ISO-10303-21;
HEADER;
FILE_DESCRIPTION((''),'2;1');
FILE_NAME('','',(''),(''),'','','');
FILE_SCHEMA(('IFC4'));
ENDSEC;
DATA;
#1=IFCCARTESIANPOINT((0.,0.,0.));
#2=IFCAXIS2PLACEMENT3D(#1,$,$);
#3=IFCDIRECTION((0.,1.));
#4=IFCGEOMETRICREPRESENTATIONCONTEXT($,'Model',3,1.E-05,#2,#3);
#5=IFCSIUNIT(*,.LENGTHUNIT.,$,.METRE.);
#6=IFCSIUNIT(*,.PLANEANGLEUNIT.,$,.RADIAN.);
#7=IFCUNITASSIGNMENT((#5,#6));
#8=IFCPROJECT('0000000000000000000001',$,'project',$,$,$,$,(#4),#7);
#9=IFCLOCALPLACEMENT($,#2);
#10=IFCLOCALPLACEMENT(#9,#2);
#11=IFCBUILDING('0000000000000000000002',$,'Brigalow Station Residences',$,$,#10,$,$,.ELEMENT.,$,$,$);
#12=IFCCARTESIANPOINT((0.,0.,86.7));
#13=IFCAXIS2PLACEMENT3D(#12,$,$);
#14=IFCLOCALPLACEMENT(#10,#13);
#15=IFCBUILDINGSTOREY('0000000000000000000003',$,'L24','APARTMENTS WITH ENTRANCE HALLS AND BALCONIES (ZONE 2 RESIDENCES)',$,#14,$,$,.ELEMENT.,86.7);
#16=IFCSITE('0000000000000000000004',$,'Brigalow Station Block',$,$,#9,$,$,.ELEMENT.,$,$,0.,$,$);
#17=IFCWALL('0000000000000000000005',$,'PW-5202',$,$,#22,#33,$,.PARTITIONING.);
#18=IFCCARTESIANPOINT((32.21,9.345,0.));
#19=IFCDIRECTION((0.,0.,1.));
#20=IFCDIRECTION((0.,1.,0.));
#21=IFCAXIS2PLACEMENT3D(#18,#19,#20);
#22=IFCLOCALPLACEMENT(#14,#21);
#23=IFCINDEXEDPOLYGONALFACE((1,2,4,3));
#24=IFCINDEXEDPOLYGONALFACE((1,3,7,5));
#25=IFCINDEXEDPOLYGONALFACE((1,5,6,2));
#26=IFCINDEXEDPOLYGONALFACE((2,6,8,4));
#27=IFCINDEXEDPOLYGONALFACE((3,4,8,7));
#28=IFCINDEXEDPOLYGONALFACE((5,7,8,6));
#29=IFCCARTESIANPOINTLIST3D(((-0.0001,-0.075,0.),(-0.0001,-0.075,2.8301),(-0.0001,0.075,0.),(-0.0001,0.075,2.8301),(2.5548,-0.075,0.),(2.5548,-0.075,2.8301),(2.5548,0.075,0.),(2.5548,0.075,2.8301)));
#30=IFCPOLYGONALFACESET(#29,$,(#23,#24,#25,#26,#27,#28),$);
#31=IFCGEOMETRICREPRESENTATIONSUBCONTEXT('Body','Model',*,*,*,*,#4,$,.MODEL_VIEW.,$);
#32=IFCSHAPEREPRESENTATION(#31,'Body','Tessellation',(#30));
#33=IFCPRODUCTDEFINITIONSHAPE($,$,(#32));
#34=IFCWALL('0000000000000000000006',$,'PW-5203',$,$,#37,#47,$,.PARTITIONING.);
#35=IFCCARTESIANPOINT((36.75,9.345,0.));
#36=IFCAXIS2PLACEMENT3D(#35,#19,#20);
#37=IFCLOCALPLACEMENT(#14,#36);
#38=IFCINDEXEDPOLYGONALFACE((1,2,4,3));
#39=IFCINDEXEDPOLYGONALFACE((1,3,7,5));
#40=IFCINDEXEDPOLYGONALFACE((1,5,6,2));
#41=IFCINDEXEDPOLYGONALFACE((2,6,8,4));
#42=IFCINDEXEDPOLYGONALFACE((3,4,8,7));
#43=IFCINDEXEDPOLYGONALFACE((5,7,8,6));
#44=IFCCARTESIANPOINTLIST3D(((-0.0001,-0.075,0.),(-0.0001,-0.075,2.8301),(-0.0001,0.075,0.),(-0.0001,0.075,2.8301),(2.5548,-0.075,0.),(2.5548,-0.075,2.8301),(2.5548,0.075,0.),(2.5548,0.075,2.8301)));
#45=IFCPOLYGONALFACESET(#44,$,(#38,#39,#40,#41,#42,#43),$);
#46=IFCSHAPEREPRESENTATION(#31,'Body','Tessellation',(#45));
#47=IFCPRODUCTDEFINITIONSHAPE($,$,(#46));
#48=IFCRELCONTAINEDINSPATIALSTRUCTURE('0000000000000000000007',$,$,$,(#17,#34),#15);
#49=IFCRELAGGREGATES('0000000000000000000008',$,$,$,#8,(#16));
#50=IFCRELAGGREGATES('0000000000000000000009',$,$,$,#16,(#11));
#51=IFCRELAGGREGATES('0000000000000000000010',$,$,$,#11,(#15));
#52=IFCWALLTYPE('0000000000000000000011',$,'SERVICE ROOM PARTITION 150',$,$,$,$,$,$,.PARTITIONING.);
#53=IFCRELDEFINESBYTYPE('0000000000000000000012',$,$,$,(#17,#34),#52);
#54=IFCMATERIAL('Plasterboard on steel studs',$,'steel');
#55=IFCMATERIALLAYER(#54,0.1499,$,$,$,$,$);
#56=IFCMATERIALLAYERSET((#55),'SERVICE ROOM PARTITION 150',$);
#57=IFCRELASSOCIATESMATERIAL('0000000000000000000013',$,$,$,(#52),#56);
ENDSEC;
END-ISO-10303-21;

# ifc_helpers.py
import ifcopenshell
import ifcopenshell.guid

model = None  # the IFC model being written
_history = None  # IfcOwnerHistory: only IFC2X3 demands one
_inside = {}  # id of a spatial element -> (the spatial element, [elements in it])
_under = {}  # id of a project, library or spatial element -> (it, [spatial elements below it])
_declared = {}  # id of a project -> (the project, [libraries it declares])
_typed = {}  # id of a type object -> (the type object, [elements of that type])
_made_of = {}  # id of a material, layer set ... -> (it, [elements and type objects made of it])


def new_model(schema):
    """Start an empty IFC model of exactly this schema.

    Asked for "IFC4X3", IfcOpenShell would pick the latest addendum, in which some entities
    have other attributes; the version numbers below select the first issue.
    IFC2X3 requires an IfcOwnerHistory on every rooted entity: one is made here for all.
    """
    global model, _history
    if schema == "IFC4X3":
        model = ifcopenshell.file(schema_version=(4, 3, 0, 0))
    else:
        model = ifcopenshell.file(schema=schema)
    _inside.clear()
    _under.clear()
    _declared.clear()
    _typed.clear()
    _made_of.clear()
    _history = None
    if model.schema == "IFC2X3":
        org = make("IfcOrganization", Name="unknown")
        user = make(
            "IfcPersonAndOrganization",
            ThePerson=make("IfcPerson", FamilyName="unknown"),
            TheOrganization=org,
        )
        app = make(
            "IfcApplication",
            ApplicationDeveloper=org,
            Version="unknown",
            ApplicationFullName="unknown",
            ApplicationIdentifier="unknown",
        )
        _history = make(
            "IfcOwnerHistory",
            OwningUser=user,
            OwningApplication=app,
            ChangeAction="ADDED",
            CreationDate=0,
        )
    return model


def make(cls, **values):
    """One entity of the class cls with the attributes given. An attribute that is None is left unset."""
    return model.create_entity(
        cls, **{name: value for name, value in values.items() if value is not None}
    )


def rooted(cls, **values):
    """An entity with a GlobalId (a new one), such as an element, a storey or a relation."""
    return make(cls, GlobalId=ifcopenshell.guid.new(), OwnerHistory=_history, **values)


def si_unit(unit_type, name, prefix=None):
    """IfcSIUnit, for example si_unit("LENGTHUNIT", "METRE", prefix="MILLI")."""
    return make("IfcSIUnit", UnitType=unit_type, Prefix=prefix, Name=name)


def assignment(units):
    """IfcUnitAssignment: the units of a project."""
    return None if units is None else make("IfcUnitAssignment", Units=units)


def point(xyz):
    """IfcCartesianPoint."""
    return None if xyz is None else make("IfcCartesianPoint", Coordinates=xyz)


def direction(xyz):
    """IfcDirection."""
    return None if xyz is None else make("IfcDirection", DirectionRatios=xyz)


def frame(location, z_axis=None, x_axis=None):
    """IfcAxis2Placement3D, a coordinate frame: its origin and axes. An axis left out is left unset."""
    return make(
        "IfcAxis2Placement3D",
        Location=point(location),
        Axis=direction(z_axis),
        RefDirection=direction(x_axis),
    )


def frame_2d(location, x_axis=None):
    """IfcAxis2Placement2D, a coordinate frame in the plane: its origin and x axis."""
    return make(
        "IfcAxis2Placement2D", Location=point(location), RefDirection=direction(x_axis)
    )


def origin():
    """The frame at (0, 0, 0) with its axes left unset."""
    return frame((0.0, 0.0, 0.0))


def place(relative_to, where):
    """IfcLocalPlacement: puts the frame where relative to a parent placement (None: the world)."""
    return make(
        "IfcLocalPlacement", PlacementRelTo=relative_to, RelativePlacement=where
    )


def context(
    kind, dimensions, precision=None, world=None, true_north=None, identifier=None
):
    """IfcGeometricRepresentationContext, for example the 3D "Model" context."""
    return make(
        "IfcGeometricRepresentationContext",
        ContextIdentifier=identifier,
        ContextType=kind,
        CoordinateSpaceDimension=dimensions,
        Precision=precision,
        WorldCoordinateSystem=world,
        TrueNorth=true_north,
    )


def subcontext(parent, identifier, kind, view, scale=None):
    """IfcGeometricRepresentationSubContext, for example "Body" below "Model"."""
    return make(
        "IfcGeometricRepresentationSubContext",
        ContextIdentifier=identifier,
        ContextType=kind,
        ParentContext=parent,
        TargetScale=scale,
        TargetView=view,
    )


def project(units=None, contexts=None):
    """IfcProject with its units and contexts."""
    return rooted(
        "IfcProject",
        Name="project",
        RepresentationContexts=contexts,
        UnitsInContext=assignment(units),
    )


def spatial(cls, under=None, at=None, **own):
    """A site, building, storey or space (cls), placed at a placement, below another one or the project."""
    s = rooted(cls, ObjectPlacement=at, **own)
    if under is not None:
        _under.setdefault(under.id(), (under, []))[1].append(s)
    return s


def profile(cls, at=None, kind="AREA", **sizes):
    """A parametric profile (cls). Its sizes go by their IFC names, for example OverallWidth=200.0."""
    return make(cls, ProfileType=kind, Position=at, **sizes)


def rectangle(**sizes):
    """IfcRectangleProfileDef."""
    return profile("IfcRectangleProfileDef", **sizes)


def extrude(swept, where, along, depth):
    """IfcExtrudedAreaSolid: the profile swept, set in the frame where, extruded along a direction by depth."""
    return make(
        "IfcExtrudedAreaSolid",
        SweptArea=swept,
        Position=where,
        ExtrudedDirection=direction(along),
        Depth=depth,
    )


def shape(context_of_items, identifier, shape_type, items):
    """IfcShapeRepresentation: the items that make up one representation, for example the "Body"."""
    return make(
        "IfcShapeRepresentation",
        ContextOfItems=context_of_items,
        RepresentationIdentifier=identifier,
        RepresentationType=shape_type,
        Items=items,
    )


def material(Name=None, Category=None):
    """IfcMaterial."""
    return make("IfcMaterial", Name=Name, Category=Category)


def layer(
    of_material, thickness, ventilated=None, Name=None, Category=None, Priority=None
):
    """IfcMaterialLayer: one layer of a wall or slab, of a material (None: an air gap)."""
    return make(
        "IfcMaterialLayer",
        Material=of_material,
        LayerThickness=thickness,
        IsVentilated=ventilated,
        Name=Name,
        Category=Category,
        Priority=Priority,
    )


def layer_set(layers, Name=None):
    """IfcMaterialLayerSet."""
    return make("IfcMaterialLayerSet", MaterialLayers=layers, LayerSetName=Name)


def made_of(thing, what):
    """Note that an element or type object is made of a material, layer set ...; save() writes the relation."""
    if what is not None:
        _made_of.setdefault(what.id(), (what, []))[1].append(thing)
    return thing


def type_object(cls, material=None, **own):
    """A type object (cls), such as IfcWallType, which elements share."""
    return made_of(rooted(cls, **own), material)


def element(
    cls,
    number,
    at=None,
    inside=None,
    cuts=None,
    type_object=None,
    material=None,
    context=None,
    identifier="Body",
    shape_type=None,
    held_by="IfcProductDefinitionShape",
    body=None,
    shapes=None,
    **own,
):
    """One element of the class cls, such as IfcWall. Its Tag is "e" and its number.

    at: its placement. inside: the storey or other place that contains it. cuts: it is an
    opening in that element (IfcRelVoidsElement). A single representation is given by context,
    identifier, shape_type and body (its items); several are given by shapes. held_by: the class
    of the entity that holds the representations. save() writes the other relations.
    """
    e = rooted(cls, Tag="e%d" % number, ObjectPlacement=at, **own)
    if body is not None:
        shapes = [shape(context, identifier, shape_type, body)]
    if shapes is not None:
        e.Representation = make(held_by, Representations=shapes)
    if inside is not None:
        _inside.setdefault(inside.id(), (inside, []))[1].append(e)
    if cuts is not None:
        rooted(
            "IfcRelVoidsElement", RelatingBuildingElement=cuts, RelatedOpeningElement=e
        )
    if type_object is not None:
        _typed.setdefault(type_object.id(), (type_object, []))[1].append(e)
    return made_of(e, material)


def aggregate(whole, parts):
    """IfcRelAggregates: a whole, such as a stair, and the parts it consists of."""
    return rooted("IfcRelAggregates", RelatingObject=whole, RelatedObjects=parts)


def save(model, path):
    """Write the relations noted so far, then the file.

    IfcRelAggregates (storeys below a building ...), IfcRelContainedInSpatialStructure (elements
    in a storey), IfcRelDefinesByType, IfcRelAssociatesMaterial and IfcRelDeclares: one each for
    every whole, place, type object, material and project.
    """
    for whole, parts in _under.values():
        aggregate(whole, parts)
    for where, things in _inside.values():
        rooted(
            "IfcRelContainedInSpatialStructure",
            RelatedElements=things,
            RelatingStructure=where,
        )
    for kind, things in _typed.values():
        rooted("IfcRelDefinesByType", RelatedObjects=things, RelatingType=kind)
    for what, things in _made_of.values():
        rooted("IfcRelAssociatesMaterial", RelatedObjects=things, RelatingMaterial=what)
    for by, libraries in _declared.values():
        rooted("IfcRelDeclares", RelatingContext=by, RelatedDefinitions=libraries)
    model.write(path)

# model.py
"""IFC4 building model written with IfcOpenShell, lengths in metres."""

from ifc_helpers import new_model, si_unit, direction, frame, frame_2d, origin, place, context, subcontext, project, spatial, rectangle, extrude, material, layer, layer_set, type_object, element, save


model = new_model("IFC4")

# Units and contexts
model_context = context("Model", 3, precision=1e-05, world=origin(), true_north=direction((0.0, 1.0)))
body_context = subcontext(model_context, "Body", "Model", "MODEL_VIEW")
ifc_project = project(units=[si_unit("LENGTHUNIT", "METRE"), si_unit("PLANEANGLEUNIT", "RADIAN")], contexts=[model_context])

# Site, building, storey
site_placement = place(None, origin())
site = spatial("IfcSite", under=ifc_project, at=site_placement, Name="Brigalow Station Block", CompositionType="ELEMENT", RefElevation=0.0)
building_placement = place(site_placement, origin())
building = spatial("IfcBuilding", under=site, at=building_placement, Name="Brigalow Station Residences", CompositionType="ELEMENT")
storey_placement = place(building_placement, frame((0.0, 0.0, 86.7)))
storey = spatial("IfcBuildingStorey", under=building, at=storey_placement, Name="L24", Description="APARTMENTS WITH ENTRANCE HALLS AND BALCONIES (ZONE 2 RESIDENCES)", CompositionType="ELEMENT", Elevation=86.7)

# Walls
ifc_material_1 = material(Name="Plasterboard on steel studs", Category="steel")
ifc_layer_1 = layer(ifc_material_1, 0.1499)
ifc_layer_set_1 = layer_set([ifc_layer_1], Name="SERVICE ROOM PARTITION 150")
wall_type_1 = type_object("IfcWallType", Name="SERVICE ROOM PARTITION 150", PredefinedType="PARTITIONING", material=ifc_layer_set_1)
for number, where, z_axis, x_axis, name in (
    (1, (32.21, 9.345, 0.0), (0.0, 0.0, 1.0), (0.0, 1.0, 0.0), "PW-5202"),
    (2, (36.75, 9.345, 0.0), (0.0, 0.0, 1.0), (0.0, 1.0, 0.0), "PW-5203"),
):
    element("IfcWall", number, at=place(storey_placement, frame(where, z_axis=z_axis, x_axis=x_axis)), inside=storey, type_object=wall_type_1, Name=name, PredefinedType="PARTITIONING", context=body_context, shape_type="SweptSolid", body=[
        extrude(rectangle(XDim=2.5549, YDim=0.1499, at=frame_2d((1.2773, 0.0))), origin(), (0.0, 0.0, 1.0), 2.8301),
    ])

save(model, "model.ifc")
